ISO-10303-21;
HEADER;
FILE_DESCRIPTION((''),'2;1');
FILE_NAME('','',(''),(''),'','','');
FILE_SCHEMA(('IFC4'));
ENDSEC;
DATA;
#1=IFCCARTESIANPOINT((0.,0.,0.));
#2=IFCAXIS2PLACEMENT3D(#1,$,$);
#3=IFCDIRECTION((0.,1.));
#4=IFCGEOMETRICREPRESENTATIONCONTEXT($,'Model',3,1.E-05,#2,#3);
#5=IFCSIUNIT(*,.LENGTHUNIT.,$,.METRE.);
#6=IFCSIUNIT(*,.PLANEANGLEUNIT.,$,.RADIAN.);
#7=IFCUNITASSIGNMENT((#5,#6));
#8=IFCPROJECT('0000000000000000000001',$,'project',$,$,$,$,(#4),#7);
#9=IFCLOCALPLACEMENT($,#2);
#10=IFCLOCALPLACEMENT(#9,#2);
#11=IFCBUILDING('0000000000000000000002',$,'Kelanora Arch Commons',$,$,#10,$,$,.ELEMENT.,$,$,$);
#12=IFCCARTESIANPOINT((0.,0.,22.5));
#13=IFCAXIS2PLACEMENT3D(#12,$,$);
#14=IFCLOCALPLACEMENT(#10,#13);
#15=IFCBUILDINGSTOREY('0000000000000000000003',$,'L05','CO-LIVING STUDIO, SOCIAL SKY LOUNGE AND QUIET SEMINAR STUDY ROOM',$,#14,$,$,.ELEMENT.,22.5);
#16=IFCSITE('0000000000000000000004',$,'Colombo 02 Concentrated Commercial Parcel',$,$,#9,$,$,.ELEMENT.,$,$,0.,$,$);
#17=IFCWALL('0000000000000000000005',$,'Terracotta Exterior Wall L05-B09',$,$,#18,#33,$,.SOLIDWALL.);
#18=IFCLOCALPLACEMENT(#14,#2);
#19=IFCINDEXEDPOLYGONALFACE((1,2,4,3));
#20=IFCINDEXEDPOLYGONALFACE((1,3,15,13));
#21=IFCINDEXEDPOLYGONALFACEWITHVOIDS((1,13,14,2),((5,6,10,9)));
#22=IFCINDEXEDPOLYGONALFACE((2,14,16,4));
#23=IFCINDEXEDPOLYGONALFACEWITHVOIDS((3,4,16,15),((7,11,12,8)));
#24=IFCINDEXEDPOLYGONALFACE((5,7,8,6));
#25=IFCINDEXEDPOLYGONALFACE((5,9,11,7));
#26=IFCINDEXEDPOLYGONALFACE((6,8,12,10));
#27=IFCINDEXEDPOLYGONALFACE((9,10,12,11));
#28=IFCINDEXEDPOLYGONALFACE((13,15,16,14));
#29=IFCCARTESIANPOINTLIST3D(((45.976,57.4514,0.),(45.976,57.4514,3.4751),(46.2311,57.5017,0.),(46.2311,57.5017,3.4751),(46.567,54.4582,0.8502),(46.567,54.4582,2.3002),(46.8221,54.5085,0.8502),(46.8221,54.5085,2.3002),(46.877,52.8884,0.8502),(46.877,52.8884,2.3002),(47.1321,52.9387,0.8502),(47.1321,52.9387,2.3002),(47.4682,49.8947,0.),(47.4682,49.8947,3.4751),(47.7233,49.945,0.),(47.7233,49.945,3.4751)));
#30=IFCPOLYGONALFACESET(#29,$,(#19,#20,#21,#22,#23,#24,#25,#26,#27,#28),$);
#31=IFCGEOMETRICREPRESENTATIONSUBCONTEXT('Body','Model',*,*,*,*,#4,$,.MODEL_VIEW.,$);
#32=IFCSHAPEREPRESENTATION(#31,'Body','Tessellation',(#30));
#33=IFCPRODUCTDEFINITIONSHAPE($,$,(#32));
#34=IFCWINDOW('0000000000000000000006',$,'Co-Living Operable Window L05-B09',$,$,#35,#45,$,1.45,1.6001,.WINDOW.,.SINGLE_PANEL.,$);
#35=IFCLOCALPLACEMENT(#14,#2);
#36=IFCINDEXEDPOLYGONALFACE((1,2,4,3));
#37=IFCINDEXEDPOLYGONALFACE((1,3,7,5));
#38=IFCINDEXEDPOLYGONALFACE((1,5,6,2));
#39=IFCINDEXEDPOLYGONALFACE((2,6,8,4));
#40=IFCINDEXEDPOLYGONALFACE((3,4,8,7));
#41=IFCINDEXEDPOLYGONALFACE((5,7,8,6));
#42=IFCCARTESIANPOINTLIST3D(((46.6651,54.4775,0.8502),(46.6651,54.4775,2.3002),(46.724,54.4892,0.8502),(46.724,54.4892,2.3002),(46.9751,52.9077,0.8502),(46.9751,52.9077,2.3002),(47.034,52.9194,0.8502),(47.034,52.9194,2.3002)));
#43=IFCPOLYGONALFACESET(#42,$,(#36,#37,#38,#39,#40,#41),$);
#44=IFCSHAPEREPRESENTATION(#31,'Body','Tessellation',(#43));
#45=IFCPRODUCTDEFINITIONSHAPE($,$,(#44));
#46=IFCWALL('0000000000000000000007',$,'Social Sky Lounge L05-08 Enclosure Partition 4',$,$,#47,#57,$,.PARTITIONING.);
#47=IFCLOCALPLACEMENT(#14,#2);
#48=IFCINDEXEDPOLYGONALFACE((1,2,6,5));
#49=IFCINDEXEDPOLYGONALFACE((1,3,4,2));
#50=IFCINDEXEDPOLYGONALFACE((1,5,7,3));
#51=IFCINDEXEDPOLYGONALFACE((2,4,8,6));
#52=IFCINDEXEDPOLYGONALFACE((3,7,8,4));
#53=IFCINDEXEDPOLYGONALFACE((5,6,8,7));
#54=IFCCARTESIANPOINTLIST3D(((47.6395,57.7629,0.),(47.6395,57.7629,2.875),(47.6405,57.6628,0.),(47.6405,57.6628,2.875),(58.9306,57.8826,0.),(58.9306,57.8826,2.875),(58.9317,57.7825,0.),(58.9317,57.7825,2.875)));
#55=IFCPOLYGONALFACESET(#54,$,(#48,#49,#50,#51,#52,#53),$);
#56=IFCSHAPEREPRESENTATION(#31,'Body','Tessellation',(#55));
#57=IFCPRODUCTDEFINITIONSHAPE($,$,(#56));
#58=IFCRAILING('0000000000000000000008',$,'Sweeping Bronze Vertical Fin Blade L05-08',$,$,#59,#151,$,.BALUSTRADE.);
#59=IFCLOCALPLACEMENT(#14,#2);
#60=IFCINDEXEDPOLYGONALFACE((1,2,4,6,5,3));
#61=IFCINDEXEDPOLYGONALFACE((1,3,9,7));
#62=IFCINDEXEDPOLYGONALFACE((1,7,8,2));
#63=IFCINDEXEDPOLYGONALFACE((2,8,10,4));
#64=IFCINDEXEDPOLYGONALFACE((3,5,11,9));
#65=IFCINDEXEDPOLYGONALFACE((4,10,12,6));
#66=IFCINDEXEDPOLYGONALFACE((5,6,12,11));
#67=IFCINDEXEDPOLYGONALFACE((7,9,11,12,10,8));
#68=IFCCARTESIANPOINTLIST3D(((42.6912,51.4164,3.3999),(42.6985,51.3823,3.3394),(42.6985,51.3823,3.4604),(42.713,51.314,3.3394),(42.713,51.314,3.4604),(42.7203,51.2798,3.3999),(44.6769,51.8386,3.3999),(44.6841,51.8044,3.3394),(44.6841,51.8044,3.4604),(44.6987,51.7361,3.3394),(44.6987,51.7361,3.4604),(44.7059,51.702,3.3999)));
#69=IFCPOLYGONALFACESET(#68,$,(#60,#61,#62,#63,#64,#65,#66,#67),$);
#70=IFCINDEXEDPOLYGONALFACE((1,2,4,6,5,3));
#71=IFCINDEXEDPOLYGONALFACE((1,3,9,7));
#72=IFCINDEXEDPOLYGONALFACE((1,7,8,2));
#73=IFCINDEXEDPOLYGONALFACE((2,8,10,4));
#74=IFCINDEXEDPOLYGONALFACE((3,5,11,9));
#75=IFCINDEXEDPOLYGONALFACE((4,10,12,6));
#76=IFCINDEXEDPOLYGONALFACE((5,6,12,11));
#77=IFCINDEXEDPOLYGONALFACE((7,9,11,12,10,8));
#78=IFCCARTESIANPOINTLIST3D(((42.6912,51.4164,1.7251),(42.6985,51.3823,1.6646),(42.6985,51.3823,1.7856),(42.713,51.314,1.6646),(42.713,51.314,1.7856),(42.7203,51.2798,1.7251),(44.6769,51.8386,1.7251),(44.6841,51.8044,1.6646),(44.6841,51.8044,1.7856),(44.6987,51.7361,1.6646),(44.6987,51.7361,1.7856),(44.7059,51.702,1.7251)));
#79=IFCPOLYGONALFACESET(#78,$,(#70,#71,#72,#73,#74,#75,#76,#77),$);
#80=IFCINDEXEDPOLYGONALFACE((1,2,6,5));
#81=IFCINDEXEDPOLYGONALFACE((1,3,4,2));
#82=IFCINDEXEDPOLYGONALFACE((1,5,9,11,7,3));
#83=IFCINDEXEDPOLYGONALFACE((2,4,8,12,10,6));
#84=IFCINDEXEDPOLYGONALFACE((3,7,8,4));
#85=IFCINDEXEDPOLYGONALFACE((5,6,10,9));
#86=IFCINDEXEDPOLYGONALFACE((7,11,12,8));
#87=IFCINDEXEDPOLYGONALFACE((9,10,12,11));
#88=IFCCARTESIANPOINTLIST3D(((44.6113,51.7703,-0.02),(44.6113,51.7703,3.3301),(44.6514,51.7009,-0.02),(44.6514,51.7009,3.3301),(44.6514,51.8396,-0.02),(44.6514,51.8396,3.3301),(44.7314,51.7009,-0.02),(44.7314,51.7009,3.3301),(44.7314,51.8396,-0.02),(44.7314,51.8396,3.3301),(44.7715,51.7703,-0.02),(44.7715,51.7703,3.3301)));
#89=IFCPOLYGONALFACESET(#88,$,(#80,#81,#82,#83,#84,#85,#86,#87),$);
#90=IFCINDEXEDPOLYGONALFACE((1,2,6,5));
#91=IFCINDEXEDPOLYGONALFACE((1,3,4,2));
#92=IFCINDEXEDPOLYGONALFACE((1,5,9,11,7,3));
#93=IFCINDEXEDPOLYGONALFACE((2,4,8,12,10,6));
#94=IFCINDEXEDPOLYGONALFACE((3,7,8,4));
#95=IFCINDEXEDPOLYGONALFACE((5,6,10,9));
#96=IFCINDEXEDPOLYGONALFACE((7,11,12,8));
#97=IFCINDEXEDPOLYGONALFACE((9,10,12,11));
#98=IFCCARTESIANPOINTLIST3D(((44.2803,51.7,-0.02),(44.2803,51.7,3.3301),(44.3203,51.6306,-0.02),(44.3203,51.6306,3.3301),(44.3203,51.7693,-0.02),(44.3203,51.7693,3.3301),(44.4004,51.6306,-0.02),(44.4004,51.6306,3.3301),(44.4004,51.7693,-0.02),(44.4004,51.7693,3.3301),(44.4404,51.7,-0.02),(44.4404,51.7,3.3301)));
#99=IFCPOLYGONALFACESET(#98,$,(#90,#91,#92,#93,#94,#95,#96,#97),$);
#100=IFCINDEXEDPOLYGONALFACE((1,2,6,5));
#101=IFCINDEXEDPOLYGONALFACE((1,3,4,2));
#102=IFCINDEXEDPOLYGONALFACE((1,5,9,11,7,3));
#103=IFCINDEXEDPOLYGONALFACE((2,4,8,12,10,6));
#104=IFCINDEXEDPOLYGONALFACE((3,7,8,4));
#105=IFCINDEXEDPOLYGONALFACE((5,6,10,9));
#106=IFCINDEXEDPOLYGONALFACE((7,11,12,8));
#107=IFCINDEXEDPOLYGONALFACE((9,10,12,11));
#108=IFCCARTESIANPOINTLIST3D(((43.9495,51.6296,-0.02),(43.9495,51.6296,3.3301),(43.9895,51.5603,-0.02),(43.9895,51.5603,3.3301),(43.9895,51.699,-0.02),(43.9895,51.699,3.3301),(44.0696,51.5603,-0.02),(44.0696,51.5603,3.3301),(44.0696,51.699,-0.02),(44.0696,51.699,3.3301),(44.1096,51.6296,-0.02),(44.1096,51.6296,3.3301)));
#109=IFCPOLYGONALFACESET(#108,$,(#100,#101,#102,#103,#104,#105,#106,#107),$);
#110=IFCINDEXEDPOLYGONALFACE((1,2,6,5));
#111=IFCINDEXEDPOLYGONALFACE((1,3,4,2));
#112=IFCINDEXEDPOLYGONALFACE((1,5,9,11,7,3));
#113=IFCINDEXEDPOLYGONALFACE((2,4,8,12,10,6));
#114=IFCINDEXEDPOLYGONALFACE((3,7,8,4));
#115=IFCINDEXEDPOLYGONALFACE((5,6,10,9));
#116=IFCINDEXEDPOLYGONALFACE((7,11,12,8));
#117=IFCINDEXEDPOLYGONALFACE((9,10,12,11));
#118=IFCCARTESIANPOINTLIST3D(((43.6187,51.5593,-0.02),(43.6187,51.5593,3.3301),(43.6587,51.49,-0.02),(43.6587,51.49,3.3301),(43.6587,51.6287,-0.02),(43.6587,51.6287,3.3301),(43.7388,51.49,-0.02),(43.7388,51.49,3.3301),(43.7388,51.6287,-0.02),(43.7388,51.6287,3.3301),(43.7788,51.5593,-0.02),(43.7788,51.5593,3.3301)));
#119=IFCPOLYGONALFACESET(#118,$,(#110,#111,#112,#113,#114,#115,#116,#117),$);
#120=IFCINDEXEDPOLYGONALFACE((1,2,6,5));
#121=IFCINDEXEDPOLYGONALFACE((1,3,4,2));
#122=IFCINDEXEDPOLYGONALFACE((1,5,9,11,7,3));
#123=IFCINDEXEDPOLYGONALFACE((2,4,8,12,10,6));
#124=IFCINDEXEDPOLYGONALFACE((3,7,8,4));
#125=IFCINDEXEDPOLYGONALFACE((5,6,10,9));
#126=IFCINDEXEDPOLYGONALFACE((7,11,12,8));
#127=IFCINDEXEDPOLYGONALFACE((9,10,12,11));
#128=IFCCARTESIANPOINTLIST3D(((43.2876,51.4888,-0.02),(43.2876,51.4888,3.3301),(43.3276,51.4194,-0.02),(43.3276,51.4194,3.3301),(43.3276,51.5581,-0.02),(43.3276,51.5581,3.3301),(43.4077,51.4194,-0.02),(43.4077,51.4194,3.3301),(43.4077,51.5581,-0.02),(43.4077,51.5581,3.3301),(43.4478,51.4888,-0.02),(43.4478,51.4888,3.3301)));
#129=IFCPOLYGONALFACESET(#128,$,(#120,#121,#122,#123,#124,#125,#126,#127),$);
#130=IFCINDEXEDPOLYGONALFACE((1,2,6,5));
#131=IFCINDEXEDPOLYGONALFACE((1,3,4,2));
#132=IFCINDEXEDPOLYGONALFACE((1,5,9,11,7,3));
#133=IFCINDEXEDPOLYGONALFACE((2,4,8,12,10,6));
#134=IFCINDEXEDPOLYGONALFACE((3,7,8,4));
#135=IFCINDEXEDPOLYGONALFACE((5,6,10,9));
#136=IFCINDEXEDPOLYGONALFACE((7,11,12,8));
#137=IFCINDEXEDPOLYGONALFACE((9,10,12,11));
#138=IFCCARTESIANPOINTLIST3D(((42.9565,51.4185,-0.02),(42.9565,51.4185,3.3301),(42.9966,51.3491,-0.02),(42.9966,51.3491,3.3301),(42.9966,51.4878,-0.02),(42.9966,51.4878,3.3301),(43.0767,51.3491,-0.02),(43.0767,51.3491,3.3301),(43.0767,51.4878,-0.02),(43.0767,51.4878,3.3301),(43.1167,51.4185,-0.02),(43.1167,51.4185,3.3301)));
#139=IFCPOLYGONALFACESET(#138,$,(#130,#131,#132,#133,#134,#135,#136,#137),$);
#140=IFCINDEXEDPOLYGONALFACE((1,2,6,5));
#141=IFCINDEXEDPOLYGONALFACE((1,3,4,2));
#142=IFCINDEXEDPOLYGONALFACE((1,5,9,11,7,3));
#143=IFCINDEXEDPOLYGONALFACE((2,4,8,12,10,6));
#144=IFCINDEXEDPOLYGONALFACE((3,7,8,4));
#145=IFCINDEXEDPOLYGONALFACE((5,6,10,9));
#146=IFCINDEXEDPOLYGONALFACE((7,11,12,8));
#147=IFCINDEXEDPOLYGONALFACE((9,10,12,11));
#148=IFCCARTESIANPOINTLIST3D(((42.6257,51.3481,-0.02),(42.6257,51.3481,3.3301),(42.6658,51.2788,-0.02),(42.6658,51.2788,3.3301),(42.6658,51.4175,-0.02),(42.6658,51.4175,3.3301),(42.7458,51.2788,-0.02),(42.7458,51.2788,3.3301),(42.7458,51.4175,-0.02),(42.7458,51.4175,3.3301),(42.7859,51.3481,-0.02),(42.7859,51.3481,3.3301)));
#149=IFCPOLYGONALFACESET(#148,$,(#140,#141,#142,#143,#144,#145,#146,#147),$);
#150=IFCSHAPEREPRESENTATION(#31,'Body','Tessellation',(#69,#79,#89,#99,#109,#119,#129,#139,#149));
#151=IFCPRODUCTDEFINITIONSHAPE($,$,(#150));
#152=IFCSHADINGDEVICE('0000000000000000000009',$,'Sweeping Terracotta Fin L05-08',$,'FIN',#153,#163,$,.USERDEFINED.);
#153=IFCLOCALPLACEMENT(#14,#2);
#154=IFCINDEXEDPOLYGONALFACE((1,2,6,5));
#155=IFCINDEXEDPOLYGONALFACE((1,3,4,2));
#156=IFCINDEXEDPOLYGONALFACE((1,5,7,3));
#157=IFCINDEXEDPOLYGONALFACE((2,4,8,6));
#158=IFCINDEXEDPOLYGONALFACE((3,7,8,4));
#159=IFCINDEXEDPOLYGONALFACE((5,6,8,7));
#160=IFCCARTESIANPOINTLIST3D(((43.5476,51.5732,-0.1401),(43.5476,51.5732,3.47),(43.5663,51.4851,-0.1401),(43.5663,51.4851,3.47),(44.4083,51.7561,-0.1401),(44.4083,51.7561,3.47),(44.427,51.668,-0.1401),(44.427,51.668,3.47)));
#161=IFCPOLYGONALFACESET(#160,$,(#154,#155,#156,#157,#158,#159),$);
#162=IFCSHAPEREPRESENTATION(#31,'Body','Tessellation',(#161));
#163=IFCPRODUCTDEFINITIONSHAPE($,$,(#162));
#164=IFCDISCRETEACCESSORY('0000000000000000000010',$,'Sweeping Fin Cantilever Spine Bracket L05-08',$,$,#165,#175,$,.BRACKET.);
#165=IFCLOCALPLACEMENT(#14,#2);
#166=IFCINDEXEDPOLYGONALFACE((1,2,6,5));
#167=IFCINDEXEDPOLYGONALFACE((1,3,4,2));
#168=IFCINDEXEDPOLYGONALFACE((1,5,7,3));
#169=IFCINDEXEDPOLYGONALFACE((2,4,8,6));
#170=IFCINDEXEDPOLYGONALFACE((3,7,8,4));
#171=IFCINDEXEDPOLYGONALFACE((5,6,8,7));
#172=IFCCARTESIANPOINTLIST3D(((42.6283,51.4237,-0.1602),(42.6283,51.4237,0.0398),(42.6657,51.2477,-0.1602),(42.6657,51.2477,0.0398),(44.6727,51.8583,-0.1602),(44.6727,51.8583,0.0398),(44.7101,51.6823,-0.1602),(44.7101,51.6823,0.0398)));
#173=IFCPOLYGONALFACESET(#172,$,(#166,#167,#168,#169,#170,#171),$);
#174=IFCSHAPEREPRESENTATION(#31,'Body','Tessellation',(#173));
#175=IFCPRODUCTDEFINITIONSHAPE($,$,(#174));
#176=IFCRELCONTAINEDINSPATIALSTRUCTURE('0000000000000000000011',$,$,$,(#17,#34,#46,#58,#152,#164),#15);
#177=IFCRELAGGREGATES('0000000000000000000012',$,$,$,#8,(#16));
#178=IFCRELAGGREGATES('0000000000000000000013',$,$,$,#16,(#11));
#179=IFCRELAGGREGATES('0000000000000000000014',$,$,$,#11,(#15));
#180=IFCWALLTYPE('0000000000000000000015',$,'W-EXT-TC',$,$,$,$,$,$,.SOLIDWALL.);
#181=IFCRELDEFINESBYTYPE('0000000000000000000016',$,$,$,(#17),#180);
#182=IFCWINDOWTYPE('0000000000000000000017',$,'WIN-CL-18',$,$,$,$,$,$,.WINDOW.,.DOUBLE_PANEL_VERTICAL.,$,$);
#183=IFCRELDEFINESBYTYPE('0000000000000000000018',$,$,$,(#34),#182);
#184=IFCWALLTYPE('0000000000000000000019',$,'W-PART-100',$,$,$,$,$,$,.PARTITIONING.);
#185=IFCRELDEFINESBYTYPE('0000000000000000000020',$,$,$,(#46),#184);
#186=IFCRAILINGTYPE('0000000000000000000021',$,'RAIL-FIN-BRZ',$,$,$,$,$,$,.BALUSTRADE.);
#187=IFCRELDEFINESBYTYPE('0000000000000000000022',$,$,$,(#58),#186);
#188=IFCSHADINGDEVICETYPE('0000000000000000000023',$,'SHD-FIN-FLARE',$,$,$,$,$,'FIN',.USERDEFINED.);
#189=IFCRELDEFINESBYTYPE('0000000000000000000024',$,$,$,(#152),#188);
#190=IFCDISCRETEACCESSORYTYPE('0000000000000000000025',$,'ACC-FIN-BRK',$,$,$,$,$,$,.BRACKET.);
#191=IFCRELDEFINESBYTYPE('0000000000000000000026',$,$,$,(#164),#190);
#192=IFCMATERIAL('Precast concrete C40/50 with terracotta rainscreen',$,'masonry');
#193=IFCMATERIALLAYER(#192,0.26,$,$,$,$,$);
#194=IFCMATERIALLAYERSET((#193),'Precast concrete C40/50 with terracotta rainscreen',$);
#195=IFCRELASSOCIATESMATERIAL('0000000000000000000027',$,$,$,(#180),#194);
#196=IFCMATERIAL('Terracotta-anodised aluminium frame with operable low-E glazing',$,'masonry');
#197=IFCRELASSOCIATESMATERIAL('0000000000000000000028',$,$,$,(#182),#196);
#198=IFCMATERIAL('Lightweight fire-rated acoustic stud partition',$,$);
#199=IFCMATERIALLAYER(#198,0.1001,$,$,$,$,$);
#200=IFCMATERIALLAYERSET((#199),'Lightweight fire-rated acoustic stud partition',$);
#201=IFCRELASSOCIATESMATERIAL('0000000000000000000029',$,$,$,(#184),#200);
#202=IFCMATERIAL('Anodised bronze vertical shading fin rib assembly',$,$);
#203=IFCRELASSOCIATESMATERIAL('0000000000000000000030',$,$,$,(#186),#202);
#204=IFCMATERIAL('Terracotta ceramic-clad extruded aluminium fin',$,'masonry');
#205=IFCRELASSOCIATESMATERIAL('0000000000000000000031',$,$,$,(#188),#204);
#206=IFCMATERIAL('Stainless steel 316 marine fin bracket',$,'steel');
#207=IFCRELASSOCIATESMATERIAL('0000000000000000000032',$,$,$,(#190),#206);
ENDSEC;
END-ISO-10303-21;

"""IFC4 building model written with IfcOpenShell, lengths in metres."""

from ifc_helpers import new_model, si_unit, direction, frame, frame_2d, origin, origin_2d, place, context, subcontext, project, spatial, polyline, rectangle, outline, extrude, source, transform, mapped, material, layer, layer_set, type_object, element, fill, save


model = new_model("IFC4")

# Units and contexts
model_context = context("Model", 3, precision=1e-05, world=origin(), true_north=direction((0.0, 1.0)))
body_context = subcontext(model_context, "Body", "Model", "MODEL_VIEW")
ifc_project = project(units=[si_unit("LENGTHUNIT", "METRE"), si_unit("PLANEANGLEUNIT", "RADIAN")], contexts=[model_context])

# Site, building, storey
site_placement = place(None, origin())
site = spatial("IfcSite", under=ifc_project, at=site_placement, Name="Colombo 02 Concentrated Commercial Parcel", CompositionType="ELEMENT", RefElevation=0.0)
building_placement = place(site_placement, origin())
building = spatial("IfcBuilding", under=site, at=building_placement, Name="Kelanora Arch Commons", CompositionType="ELEMENT")
storey_placement = place(building_placement, frame((0.0, 0.0, 22.5)))
storey = spatial("IfcBuildingStorey", under=building, at=storey_placement, Name="L05", Description="CO-LIVING STUDIO, SOCIAL SKY LOUNGE AND QUIET SEMINAR STUDY ROOM", CompositionType="ELEMENT", Elevation=22.5)

# Wall, opening, window
ifc_material_1 = material(Name="Precast concrete C40/50 with terracotta rainscreen", Category="masonry")
ifc_layer_1 = layer(ifc_material_1, 0.26)
ifc_layer_set_1 = layer_set([ifc_layer_1], Name="Precast concrete C40/50 with terracotta rainscreen")
wall_type_1 = type_object("IfcWallType", Name="W-EXT-TC", PredefinedType="SOLIDWALL", material=ifc_layer_set_1)
wall_1_placement = place(storey_placement, frame((46.1035, 57.4766, 0.0), z_axis=(0.0, 0.0, 1.0), x_axis=(0.193726, -0.981056, 0.0)))
wall_1 = element("IfcWall", 1, at=wall_1_placement, inside=storey, type_object=wall_type_1, Name="Terracotta Exterior Wall L05-B09", PredefinedType="SOLIDWALL", context=body_context, shape_type="SweptSolid", body=[
    extrude(rectangle(XDim=7.7026, YDim=0.26, at=frame_2d((3.8513, 0.0))), origin(), (0.0, 0.0, 1.0), 3.4751),
])
opening_placement = place(wall_1_placement, frame((3.051, 0.0, 0.8501)))
opening = element("IfcOpeningElement", 2, at=opening_placement, cuts=wall_1, PredefinedType="OPENING", context=body_context, shape_type="SweptSolid", body=[
    extrude(rectangle(XDim=1.6001, YDim=1.45, at=frame_2d((0.8, 0.7251))), frame((0.0, 0.1401, 0.0), z_axis=(0.0, -1.0, 0.0), x_axis=(1.0, 0.0, 0.0)), (0.0, 0.0, 1.0), 0.28),
])
ifc_material_2 = material(Name="Terracotta-anodised aluminium frame with operable low-E glazing", Category="masonry")
window_type = type_object("IfcWindowType", Name="WIN-CL-18", PartitioningType="DOUBLE_PANEL_VERTICAL", PredefinedType="WINDOW", material=ifc_material_2)
window_placement = place(opening_placement, origin())
window = element("IfcWindow", 3, at=window_placement, inside=storey, type_object=window_type, Name="Co-Living Operable Window L05-B09", OverallHeight=1.45, OverallWidth=1.6001, PartitioningType="SINGLE_PANEL", PredefinedType="WINDOW", context=body_context, shape_type="SweptSolid", body=[
    extrude(rectangle(XDim=1.6001, YDim=1.45, at=frame_2d((0.8, 0.7251))), frame((0.0, 0.03, 0.0), z_axis=(0.0, -1.0, 0.0), x_axis=(1.0, 0.0, 0.0)), (0.0, 0.0, 1.0), 0.0601),
])
fill(opening, window)

# Wall
ifc_material_3 = material(Name="Lightweight fire-rated acoustic stud partition")
ifc_layer_2 = layer(ifc_material_3, 0.1001)
ifc_layer_set_2 = layer_set([ifc_layer_2], Name="Lightweight fire-rated acoustic stud partition")
wall_type_2 = type_object("IfcWallType", Name="W-PART-100", PredefinedType="PARTITIONING", material=ifc_layer_set_2)
wall_2_placement = place(storey_placement, frame((47.6399, 57.7129, 0.0), z_axis=(0.0, 0.0, 1.0), x_axis=(0.999944, 0.010594, 0.0)))
element("IfcWall", 4, at=wall_2_placement, inside=storey, type_object=wall_type_2, Name="Social Sky Lounge L05-08 Enclosure Partition 4", PredefinedType="PARTITIONING", context=body_context, shape_type="SweptSolid", body=[
    extrude(rectangle(XDim=11.2917, YDim=0.1001, at=frame_2d((5.646, 0.0))), origin(), (0.0, 0.0, 1.0), 2.875),
])

# Railing
ifc_material_4 = material(Name="Anodised bronze vertical shading fin rib assembly")
railing_type = type_object("IfcRailingType", Name="RAIL-FIN-BRZ", PredefinedType="BALUSTRADE", material=ifc_material_4)
railing_placement = place(storey_placement, frame((44.6914, 51.7703, -0.02)))
element("IfcRailing", 5, at=railing_placement, inside=storey, type_object=railing_type, Name="Sweeping Bronze Vertical Fin Blade L05-08", PredefinedType="BALUSTRADE", context=body_context, shape_type="SweptSolid", body=[
    extrude(outline(polyline([(0.0698, 0.0), (0.0349, 0.0605), (-0.0349, 0.0605), (-0.0698, 0.0), (-0.0349, -0.0605), (0.0349, -0.0605), (0.0698, 0.0)])), frame((0.0, 0.0, 3.4199), z_axis=(-0.978141, -0.207944, 0.0), x_axis=(0.207944, -0.978141, 0.0)), (0.0, 0.0, 1.0), 2.03),
    extrude(outline(polyline([(0.0698, 0.0), (0.0349, 0.0605), (-0.0349, 0.0605), (-0.0698, 0.0), (-0.0349, -0.0605), (0.0349, -0.0605), (0.0698, 0.0)])), frame((0.0, 0.0, 1.7451), z_axis=(-0.978141, -0.207944, 0.0), x_axis=(0.207944, -0.978141, 0.0)), (0.0, 0.0, 1.0), 2.03),
    extrude(outline(polyline([(0.0801, 0.0), (0.04, 0.0693), (-0.04, 0.0693), (-0.0801, 0.0), (-0.04, -0.0693), (0.04, -0.0693), (0.0801, 0.0)])), origin(), (0.0, 0.0, 1.0), 3.3501),
    extrude(outline(polyline([(0.0801, 0.0), (0.04, 0.0693), (-0.04, 0.0693), (-0.0801, 0.0), (-0.04, -0.0693), (0.04, -0.0693), (0.0801, 0.0)])), frame((-0.3311, -0.0703, 0.0)), (0.0, 0.0, 1.0), 3.3501),
    extrude(outline(polyline([(0.0801, 0.0), (0.04, 0.0693), (-0.04, 0.0693), (-0.0801, 0.0), (-0.04, -0.0693), (0.04, -0.0693), (0.0801, 0.0)])), frame((-0.6619, -0.1406, 0.0)), (0.0, 0.0, 1.0), 3.3501),
    extrude(outline(polyline([(0.0801, 0.0), (0.04, 0.0693), (-0.04, 0.0693), (-0.0801, 0.0), (-0.04, -0.0693), (0.04, -0.0693), (0.0801, 0.0)])), frame((-0.9927, -0.2109, 0.0)), (0.0, 0.0, 1.0), 3.3501),
    extrude(outline(polyline([(0.0801, 0.0), (0.04, 0.0693), (-0.04, 0.0693), (-0.0801, 0.0), (-0.04, -0.0693), (0.04, -0.0693), (0.0801, 0.0)])), frame((-1.3237, -0.2815, 0.0)), (0.0, 0.0, 1.0), 3.3501),
    extrude(outline(polyline([(0.0801, 0.0), (0.04, 0.0693), (-0.04, 0.0693), (-0.0801, 0.0), (-0.04, -0.0693), (0.04, -0.0693), (0.0801, 0.0)])), frame((-1.6548, -0.3518, 0.0)), (0.0, 0.0, 1.0), 3.3501),
    extrude(outline(polyline([(0.0801, 0.0), (0.04, 0.0693), (-0.04, 0.0693), (-0.0801, 0.0), (-0.04, -0.0693), (0.04, -0.0693), (0.0801, 0.0)])), frame((-1.9856, -0.4221, 0.0)), (0.0, 0.0, 1.0), 3.3501),
])

# Shading device
ifc_material_5 = material(Name="Terracotta ceramic-clad extruded aluminium fin", Category="masonry")
shading_device_type = type_object("IfcShadingDeviceType", Name="SHD-FIN-FLARE", ElementType="FIN", PredefinedType="USERDEFINED", material=ifc_material_5)
shared_shape_1 = source(origin(), body_context, "Body", "SweptSolid", [
    extrude(rectangle(XDim=0.8799, YDim=0.0901, at=origin_2d()), origin(), (0.0, 0.0, 1.0), 3.6101),
])
shading_device_placement = place(storey_placement, frame((43.9873, 51.6206, -0.1401), z_axis=(0.0, 0.0, 1.0), x_axis=(-0.978148, -0.207912, 0.0)))
element("IfcShadingDevice", 6, at=shading_device_placement, inside=storey, type_object=shading_device_type, Name="Sweeping Terracotta Fin L05-08", ObjectType="FIN", PredefinedType="USERDEFINED", context=body_context, shape_type="MappedRepresentation", body=[
    mapped(shared_shape_1, transform((0.0, 0.0, 0.0), scale=1.0)),
])

# Discrete accessory
ifc_material_6 = material(Name="Stainless steel 316 marine fin bracket", Category="steel")
discrete_accessory_type = type_object("IfcDiscreteAccessoryType", Name="ACC-FIN-BRK", PredefinedType="BRACKET", material=ifc_material_6)
shared_shape_2 = source(origin(), body_context, "Body", "SweptSolid", [
    extrude(rectangle(XDim=2.0901, YDim=0.1799, at=origin_2d()), origin(), (0.0, 0.0, 1.0), 0.2),
])
discrete_accessory_placement = place(storey_placement, frame((43.6692, 51.553, -0.1602), z_axis=(0.0, 0.0, 1.0), x_axis=(-0.978148, -0.207912, 0.0)))
element("IfcDiscreteAccessory", 7, at=discrete_accessory_placement, inside=storey, type_object=discrete_accessory_type, Name="Sweeping Fin Cantilever Spine Bracket L05-08", PredefinedType="BRACKET", context=body_context, shape_type="MappedRepresentation", body=[
    mapped(shared_shape_2, transform((0.0, 0.0, 0.0), scale=1.0)),
])

save(model, "model.ifc")
